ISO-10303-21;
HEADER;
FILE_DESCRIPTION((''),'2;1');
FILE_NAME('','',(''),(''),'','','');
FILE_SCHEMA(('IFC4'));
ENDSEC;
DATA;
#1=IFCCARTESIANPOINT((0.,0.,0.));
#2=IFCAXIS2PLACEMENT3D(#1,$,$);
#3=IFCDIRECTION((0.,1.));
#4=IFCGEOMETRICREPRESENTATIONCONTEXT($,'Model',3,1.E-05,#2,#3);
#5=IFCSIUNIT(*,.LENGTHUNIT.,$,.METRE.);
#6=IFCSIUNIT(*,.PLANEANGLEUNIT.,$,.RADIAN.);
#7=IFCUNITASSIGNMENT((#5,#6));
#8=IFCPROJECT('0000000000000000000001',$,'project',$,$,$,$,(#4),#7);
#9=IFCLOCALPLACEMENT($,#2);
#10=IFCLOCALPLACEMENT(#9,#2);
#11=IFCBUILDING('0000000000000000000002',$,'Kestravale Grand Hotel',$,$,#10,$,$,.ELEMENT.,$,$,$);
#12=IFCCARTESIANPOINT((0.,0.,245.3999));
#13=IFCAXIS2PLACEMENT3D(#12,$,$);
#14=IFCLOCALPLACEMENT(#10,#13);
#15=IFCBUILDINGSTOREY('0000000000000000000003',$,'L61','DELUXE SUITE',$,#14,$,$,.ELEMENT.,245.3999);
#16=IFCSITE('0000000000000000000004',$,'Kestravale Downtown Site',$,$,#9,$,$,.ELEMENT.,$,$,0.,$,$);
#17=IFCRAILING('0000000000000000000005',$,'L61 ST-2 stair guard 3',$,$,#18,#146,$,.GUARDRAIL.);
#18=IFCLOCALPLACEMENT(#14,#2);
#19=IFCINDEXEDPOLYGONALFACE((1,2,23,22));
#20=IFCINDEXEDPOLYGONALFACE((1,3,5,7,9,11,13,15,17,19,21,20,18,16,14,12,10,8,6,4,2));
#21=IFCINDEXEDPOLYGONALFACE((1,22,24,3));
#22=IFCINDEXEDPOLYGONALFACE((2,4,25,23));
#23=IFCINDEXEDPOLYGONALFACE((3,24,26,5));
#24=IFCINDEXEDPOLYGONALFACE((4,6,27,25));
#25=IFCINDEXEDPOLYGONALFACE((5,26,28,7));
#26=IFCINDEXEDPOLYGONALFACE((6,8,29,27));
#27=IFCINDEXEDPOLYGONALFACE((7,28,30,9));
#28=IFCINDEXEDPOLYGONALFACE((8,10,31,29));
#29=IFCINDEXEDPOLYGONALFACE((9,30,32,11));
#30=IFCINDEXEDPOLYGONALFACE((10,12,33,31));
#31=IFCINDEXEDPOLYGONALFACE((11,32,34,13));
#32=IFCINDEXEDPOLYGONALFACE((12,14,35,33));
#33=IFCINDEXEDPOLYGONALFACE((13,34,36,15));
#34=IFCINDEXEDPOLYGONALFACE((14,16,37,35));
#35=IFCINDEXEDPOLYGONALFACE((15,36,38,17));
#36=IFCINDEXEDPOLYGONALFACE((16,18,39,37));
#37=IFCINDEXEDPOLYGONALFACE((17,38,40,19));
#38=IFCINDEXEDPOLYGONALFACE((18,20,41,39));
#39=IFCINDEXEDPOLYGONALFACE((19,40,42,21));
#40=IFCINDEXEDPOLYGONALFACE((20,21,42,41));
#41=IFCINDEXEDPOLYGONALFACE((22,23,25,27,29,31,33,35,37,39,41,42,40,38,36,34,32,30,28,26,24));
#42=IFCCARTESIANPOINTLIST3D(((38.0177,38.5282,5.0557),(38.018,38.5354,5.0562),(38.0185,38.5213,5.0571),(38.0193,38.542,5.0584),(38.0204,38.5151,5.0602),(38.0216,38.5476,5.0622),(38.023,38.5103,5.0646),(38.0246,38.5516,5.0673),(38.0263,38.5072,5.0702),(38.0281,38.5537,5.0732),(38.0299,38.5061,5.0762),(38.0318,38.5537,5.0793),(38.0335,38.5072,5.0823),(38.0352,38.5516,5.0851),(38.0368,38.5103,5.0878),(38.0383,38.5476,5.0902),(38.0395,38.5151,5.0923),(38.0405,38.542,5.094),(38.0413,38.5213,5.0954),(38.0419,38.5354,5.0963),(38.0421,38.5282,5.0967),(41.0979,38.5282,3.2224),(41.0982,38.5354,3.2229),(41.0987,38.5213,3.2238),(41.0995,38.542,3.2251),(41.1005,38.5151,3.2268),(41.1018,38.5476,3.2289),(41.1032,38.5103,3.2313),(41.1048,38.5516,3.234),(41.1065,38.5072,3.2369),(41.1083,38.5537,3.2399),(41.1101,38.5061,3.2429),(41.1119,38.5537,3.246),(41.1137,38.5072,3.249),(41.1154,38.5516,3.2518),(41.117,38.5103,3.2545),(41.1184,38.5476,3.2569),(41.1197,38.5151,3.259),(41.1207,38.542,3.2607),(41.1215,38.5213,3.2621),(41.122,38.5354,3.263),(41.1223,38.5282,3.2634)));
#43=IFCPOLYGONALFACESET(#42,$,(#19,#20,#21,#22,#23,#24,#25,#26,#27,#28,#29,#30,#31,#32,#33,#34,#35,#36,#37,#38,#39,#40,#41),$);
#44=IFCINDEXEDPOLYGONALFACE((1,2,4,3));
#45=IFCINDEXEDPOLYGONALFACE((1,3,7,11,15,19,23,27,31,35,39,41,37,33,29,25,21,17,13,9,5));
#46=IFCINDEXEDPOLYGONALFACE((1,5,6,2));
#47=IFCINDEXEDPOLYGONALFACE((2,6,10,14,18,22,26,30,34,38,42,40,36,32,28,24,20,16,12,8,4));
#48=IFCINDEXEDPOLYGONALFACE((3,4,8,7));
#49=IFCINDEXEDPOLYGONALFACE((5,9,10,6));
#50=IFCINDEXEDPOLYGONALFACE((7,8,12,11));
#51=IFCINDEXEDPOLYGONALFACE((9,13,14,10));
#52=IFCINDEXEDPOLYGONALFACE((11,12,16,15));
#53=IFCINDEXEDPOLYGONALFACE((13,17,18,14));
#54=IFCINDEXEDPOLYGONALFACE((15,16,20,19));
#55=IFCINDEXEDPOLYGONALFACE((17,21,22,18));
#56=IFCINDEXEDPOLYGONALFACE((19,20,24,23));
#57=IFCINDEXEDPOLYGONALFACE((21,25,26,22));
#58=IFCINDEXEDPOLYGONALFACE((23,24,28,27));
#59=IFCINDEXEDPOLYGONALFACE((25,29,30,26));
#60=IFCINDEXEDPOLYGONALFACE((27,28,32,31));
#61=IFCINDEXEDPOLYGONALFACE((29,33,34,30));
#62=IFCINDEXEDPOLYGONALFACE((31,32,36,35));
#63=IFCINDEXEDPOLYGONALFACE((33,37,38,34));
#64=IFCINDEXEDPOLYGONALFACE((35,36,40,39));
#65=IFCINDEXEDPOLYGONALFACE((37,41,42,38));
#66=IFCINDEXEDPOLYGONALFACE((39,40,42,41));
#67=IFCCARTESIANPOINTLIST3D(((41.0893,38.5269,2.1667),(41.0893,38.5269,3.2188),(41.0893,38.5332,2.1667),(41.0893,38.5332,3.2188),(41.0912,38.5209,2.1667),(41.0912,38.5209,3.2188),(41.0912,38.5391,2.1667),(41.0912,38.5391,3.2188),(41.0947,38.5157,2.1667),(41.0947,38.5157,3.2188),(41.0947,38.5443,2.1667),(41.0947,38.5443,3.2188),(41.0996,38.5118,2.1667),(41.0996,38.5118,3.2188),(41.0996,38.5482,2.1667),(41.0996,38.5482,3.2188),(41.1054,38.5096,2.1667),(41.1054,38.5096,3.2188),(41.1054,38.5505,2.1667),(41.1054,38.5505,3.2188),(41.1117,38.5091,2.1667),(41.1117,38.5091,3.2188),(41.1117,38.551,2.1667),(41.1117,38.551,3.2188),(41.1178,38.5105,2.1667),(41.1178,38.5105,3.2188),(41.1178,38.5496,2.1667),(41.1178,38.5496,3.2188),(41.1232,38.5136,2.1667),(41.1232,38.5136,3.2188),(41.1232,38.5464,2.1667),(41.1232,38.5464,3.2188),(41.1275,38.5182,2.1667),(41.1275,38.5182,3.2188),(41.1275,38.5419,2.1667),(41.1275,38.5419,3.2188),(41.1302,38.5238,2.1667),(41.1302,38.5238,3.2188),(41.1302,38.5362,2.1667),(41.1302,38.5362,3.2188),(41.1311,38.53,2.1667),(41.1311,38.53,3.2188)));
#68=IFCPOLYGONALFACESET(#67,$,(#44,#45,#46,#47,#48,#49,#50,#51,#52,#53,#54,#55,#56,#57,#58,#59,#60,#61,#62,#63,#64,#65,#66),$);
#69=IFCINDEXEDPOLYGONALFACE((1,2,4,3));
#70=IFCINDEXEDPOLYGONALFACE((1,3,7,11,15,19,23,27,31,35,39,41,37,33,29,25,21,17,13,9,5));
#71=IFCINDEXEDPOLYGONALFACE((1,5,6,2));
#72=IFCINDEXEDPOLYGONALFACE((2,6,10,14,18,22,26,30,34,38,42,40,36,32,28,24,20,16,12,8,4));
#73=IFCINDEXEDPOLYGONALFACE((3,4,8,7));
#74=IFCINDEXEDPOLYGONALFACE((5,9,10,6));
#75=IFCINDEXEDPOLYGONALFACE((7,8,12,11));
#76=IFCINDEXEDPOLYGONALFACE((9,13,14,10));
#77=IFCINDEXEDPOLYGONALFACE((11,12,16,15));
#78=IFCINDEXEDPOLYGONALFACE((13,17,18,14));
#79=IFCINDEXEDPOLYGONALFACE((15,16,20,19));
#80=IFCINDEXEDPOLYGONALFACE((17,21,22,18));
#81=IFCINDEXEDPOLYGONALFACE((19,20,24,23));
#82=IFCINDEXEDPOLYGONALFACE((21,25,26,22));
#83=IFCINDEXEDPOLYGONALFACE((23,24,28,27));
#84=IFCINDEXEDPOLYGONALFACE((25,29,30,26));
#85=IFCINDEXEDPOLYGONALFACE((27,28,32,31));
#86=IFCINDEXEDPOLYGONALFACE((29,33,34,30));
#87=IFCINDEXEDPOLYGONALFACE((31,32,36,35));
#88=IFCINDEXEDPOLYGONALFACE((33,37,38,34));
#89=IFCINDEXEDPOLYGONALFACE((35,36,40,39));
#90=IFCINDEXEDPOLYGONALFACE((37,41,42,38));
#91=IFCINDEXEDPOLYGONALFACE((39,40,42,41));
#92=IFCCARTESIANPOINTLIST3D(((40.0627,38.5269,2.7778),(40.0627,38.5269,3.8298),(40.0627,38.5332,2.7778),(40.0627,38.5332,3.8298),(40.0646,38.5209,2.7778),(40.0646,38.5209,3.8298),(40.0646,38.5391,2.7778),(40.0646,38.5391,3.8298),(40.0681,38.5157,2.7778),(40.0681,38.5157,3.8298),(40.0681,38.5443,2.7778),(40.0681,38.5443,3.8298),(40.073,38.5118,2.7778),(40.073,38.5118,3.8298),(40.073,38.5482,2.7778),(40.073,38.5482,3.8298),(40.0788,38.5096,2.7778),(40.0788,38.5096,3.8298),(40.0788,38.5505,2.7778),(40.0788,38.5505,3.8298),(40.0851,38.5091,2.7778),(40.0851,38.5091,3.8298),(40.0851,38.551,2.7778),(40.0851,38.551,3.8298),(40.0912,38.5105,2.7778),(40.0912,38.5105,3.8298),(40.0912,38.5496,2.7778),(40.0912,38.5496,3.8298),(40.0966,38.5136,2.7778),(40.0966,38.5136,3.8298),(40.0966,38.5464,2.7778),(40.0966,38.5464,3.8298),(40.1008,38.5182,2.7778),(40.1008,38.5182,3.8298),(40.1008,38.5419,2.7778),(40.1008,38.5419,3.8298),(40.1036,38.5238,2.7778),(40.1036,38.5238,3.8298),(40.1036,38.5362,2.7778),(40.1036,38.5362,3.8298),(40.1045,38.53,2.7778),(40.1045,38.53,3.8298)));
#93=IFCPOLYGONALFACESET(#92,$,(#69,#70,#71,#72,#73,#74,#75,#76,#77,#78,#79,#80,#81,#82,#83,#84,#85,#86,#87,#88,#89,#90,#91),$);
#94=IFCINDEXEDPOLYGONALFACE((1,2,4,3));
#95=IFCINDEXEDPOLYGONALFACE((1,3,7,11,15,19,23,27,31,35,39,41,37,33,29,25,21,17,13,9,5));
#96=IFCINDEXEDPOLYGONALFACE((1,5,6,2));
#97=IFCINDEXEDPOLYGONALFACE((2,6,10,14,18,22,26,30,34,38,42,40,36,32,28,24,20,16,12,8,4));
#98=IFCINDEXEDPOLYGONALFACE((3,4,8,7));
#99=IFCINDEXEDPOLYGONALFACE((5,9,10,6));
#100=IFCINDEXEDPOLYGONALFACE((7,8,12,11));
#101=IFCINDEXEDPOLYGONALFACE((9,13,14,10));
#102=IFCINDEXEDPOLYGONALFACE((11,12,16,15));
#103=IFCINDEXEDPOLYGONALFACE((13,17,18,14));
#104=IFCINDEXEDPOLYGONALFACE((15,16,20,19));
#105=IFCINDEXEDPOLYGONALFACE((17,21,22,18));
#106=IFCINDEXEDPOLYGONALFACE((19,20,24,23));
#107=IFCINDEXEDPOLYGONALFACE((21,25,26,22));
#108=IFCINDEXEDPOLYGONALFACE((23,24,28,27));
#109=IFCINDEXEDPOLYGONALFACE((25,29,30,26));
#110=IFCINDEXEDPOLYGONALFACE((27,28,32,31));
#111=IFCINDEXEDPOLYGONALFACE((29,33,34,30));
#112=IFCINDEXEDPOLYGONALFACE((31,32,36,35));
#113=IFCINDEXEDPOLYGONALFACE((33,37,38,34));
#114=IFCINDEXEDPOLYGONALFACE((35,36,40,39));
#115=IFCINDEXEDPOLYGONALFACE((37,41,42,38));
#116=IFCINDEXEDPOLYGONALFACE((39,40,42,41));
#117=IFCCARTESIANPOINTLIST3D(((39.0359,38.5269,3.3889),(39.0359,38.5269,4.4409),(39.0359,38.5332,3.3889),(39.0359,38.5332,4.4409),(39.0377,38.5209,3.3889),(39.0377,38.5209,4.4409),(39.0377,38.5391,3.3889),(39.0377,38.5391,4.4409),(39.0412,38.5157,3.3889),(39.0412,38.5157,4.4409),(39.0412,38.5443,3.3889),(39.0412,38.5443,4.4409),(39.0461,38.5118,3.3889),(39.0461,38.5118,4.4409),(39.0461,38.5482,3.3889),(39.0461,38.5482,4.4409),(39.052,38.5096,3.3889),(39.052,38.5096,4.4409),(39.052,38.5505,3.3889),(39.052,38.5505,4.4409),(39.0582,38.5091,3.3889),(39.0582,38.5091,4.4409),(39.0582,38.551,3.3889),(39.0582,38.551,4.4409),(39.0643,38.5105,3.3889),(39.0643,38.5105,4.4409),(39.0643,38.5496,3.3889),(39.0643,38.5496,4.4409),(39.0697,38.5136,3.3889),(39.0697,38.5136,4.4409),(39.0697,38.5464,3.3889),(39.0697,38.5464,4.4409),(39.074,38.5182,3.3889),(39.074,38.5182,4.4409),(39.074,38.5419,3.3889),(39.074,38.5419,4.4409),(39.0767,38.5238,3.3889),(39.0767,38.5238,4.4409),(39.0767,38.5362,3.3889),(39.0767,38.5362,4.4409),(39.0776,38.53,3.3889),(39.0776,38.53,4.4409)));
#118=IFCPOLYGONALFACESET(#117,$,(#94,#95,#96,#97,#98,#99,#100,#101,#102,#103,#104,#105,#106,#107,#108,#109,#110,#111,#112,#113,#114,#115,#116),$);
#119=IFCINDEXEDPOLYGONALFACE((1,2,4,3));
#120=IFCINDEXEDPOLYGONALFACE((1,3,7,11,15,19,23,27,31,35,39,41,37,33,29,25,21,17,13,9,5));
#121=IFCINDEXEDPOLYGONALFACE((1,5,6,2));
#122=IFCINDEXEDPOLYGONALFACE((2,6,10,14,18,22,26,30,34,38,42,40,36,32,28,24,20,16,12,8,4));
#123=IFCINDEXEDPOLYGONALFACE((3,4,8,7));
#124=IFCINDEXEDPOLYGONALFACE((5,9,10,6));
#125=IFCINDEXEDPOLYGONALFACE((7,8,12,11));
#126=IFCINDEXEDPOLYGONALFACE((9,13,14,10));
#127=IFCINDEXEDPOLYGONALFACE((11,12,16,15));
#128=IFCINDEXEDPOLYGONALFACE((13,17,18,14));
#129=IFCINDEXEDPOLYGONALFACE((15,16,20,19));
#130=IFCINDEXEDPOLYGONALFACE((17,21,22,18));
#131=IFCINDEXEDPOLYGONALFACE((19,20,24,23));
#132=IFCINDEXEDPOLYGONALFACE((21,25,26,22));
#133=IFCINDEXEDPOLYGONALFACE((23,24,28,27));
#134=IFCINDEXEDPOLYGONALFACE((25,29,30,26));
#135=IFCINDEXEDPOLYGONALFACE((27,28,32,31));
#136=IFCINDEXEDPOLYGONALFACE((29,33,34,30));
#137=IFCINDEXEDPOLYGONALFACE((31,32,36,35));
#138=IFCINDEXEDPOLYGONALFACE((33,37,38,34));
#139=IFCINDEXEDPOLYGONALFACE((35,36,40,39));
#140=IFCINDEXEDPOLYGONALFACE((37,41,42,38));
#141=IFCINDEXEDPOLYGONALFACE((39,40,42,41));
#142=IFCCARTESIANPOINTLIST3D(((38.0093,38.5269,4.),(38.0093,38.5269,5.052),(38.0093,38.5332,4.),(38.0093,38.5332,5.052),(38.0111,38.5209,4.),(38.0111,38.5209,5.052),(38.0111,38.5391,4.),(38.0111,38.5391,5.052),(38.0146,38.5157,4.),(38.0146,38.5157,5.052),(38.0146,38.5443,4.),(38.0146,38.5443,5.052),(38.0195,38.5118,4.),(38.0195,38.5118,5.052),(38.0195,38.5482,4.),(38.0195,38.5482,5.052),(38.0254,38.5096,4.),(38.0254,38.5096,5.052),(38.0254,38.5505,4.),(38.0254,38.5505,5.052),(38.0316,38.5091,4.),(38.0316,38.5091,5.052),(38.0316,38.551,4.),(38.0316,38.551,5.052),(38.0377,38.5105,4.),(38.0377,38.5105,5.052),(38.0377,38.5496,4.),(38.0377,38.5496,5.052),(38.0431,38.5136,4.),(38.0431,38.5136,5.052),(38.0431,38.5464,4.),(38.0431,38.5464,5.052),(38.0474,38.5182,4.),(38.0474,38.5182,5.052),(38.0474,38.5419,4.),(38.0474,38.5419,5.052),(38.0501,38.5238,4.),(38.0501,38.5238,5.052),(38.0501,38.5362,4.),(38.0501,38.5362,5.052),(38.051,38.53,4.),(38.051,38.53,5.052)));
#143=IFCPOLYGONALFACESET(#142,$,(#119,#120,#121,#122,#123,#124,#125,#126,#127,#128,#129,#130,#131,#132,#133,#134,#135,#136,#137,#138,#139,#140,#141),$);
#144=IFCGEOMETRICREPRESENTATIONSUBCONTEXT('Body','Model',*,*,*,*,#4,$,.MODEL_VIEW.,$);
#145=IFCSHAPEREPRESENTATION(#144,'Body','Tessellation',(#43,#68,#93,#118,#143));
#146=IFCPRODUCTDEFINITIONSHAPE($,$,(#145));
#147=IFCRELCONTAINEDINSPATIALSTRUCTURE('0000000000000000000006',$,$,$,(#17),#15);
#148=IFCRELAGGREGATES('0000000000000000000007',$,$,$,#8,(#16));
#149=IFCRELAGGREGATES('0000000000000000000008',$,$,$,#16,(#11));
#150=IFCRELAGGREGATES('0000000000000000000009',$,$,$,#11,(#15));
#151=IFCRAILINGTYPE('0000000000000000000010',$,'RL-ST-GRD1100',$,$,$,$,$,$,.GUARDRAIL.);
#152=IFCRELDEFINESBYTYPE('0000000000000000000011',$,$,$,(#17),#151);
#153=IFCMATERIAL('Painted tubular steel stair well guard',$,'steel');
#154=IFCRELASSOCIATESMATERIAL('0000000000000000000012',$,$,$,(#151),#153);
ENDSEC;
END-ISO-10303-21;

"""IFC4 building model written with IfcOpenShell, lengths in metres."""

from ifc_helpers import new_model, si_unit, direction, frame, origin, origin_2d, place, context, subcontext, project, spatial, circle, extrude, material, type_object, element, save


model = new_model("IFC4")

# Units and contexts
model_context = context("Model", 3, precision=1e-05, world=origin(), true_north=direction((0.0, 1.0)))
body_context = subcontext(model_context, "Body", "Model", "MODEL_VIEW")
ifc_project = project(units=[si_unit("LENGTHUNIT", "METRE"), si_unit("PLANEANGLEUNIT", "RADIAN")], contexts=[model_context])

# Site, building, storey
site_placement = place(None, origin())
site = spatial("IfcSite", under=ifc_project, at=site_placement, Name="Kestravale Downtown Site", CompositionType="ELEMENT", RefElevation=0.0)
building_placement = place(site_placement, origin())
building = spatial("IfcBuilding", under=site, at=building_placement, Name="Kestravale Grand Hotel", CompositionType="ELEMENT")
storey_placement = place(building_placement, frame((0.0, 0.0, 245.3999)))
storey = spatial("IfcBuildingStorey", under=building, at=storey_placement, Name="L61", Description="DELUXE SUITE", CompositionType="ELEMENT", Elevation=245.3999)

# Railing
ifc_material_1 = material(Name="Painted tubular steel stair well guard", Category="steel")
railing_type_1 = type_object("IfcRailingType", Name="RL-ST-GRD1100", PredefinedType="GUARDRAIL", material=ifc_material_1)
railing_1_placement = place(storey_placement, frame((41.1101, 38.53, 2.1667)))
element("IfcRailing", 1, at=railing_1_placement, inside=storey, type_object=railing_type_1, Name="L61 ST-2 stair guard 3", PredefinedType="GUARDRAIL", context=body_context, shape_type="SweptSolid", body=[
    extrude(circle(Radius=0.0239, at=origin_2d()), frame((0.0, 0.0, 1.0762), z_axis=(-0.859309, 0.0, 0.511458), x_axis=(0.0, -1.0, 0.0)), (0.0, 0.0, 1.0), 3.5845),
    extrude(circle(Radius=0.021, at=origin_2d()), origin(), (0.0, 0.0, 1.0), 1.052),
    extrude(circle(Radius=0.021, at=origin_2d()), frame((-1.0266, 0.0, 0.6111)), (0.0, 0.0, 1.0), 1.052),
    extrude(circle(Radius=0.021, at=origin_2d()), frame((-2.0535, 0.0, 1.2222)), (0.0, 0.0, 1.0), 1.052),
    extrude(circle(Radius=0.021, at=origin_2d()), frame((-3.0801, 0.0, 1.8333)), (0.0, 0.0, 1.0), 1.052),
])

save(model, "model.ifc")
